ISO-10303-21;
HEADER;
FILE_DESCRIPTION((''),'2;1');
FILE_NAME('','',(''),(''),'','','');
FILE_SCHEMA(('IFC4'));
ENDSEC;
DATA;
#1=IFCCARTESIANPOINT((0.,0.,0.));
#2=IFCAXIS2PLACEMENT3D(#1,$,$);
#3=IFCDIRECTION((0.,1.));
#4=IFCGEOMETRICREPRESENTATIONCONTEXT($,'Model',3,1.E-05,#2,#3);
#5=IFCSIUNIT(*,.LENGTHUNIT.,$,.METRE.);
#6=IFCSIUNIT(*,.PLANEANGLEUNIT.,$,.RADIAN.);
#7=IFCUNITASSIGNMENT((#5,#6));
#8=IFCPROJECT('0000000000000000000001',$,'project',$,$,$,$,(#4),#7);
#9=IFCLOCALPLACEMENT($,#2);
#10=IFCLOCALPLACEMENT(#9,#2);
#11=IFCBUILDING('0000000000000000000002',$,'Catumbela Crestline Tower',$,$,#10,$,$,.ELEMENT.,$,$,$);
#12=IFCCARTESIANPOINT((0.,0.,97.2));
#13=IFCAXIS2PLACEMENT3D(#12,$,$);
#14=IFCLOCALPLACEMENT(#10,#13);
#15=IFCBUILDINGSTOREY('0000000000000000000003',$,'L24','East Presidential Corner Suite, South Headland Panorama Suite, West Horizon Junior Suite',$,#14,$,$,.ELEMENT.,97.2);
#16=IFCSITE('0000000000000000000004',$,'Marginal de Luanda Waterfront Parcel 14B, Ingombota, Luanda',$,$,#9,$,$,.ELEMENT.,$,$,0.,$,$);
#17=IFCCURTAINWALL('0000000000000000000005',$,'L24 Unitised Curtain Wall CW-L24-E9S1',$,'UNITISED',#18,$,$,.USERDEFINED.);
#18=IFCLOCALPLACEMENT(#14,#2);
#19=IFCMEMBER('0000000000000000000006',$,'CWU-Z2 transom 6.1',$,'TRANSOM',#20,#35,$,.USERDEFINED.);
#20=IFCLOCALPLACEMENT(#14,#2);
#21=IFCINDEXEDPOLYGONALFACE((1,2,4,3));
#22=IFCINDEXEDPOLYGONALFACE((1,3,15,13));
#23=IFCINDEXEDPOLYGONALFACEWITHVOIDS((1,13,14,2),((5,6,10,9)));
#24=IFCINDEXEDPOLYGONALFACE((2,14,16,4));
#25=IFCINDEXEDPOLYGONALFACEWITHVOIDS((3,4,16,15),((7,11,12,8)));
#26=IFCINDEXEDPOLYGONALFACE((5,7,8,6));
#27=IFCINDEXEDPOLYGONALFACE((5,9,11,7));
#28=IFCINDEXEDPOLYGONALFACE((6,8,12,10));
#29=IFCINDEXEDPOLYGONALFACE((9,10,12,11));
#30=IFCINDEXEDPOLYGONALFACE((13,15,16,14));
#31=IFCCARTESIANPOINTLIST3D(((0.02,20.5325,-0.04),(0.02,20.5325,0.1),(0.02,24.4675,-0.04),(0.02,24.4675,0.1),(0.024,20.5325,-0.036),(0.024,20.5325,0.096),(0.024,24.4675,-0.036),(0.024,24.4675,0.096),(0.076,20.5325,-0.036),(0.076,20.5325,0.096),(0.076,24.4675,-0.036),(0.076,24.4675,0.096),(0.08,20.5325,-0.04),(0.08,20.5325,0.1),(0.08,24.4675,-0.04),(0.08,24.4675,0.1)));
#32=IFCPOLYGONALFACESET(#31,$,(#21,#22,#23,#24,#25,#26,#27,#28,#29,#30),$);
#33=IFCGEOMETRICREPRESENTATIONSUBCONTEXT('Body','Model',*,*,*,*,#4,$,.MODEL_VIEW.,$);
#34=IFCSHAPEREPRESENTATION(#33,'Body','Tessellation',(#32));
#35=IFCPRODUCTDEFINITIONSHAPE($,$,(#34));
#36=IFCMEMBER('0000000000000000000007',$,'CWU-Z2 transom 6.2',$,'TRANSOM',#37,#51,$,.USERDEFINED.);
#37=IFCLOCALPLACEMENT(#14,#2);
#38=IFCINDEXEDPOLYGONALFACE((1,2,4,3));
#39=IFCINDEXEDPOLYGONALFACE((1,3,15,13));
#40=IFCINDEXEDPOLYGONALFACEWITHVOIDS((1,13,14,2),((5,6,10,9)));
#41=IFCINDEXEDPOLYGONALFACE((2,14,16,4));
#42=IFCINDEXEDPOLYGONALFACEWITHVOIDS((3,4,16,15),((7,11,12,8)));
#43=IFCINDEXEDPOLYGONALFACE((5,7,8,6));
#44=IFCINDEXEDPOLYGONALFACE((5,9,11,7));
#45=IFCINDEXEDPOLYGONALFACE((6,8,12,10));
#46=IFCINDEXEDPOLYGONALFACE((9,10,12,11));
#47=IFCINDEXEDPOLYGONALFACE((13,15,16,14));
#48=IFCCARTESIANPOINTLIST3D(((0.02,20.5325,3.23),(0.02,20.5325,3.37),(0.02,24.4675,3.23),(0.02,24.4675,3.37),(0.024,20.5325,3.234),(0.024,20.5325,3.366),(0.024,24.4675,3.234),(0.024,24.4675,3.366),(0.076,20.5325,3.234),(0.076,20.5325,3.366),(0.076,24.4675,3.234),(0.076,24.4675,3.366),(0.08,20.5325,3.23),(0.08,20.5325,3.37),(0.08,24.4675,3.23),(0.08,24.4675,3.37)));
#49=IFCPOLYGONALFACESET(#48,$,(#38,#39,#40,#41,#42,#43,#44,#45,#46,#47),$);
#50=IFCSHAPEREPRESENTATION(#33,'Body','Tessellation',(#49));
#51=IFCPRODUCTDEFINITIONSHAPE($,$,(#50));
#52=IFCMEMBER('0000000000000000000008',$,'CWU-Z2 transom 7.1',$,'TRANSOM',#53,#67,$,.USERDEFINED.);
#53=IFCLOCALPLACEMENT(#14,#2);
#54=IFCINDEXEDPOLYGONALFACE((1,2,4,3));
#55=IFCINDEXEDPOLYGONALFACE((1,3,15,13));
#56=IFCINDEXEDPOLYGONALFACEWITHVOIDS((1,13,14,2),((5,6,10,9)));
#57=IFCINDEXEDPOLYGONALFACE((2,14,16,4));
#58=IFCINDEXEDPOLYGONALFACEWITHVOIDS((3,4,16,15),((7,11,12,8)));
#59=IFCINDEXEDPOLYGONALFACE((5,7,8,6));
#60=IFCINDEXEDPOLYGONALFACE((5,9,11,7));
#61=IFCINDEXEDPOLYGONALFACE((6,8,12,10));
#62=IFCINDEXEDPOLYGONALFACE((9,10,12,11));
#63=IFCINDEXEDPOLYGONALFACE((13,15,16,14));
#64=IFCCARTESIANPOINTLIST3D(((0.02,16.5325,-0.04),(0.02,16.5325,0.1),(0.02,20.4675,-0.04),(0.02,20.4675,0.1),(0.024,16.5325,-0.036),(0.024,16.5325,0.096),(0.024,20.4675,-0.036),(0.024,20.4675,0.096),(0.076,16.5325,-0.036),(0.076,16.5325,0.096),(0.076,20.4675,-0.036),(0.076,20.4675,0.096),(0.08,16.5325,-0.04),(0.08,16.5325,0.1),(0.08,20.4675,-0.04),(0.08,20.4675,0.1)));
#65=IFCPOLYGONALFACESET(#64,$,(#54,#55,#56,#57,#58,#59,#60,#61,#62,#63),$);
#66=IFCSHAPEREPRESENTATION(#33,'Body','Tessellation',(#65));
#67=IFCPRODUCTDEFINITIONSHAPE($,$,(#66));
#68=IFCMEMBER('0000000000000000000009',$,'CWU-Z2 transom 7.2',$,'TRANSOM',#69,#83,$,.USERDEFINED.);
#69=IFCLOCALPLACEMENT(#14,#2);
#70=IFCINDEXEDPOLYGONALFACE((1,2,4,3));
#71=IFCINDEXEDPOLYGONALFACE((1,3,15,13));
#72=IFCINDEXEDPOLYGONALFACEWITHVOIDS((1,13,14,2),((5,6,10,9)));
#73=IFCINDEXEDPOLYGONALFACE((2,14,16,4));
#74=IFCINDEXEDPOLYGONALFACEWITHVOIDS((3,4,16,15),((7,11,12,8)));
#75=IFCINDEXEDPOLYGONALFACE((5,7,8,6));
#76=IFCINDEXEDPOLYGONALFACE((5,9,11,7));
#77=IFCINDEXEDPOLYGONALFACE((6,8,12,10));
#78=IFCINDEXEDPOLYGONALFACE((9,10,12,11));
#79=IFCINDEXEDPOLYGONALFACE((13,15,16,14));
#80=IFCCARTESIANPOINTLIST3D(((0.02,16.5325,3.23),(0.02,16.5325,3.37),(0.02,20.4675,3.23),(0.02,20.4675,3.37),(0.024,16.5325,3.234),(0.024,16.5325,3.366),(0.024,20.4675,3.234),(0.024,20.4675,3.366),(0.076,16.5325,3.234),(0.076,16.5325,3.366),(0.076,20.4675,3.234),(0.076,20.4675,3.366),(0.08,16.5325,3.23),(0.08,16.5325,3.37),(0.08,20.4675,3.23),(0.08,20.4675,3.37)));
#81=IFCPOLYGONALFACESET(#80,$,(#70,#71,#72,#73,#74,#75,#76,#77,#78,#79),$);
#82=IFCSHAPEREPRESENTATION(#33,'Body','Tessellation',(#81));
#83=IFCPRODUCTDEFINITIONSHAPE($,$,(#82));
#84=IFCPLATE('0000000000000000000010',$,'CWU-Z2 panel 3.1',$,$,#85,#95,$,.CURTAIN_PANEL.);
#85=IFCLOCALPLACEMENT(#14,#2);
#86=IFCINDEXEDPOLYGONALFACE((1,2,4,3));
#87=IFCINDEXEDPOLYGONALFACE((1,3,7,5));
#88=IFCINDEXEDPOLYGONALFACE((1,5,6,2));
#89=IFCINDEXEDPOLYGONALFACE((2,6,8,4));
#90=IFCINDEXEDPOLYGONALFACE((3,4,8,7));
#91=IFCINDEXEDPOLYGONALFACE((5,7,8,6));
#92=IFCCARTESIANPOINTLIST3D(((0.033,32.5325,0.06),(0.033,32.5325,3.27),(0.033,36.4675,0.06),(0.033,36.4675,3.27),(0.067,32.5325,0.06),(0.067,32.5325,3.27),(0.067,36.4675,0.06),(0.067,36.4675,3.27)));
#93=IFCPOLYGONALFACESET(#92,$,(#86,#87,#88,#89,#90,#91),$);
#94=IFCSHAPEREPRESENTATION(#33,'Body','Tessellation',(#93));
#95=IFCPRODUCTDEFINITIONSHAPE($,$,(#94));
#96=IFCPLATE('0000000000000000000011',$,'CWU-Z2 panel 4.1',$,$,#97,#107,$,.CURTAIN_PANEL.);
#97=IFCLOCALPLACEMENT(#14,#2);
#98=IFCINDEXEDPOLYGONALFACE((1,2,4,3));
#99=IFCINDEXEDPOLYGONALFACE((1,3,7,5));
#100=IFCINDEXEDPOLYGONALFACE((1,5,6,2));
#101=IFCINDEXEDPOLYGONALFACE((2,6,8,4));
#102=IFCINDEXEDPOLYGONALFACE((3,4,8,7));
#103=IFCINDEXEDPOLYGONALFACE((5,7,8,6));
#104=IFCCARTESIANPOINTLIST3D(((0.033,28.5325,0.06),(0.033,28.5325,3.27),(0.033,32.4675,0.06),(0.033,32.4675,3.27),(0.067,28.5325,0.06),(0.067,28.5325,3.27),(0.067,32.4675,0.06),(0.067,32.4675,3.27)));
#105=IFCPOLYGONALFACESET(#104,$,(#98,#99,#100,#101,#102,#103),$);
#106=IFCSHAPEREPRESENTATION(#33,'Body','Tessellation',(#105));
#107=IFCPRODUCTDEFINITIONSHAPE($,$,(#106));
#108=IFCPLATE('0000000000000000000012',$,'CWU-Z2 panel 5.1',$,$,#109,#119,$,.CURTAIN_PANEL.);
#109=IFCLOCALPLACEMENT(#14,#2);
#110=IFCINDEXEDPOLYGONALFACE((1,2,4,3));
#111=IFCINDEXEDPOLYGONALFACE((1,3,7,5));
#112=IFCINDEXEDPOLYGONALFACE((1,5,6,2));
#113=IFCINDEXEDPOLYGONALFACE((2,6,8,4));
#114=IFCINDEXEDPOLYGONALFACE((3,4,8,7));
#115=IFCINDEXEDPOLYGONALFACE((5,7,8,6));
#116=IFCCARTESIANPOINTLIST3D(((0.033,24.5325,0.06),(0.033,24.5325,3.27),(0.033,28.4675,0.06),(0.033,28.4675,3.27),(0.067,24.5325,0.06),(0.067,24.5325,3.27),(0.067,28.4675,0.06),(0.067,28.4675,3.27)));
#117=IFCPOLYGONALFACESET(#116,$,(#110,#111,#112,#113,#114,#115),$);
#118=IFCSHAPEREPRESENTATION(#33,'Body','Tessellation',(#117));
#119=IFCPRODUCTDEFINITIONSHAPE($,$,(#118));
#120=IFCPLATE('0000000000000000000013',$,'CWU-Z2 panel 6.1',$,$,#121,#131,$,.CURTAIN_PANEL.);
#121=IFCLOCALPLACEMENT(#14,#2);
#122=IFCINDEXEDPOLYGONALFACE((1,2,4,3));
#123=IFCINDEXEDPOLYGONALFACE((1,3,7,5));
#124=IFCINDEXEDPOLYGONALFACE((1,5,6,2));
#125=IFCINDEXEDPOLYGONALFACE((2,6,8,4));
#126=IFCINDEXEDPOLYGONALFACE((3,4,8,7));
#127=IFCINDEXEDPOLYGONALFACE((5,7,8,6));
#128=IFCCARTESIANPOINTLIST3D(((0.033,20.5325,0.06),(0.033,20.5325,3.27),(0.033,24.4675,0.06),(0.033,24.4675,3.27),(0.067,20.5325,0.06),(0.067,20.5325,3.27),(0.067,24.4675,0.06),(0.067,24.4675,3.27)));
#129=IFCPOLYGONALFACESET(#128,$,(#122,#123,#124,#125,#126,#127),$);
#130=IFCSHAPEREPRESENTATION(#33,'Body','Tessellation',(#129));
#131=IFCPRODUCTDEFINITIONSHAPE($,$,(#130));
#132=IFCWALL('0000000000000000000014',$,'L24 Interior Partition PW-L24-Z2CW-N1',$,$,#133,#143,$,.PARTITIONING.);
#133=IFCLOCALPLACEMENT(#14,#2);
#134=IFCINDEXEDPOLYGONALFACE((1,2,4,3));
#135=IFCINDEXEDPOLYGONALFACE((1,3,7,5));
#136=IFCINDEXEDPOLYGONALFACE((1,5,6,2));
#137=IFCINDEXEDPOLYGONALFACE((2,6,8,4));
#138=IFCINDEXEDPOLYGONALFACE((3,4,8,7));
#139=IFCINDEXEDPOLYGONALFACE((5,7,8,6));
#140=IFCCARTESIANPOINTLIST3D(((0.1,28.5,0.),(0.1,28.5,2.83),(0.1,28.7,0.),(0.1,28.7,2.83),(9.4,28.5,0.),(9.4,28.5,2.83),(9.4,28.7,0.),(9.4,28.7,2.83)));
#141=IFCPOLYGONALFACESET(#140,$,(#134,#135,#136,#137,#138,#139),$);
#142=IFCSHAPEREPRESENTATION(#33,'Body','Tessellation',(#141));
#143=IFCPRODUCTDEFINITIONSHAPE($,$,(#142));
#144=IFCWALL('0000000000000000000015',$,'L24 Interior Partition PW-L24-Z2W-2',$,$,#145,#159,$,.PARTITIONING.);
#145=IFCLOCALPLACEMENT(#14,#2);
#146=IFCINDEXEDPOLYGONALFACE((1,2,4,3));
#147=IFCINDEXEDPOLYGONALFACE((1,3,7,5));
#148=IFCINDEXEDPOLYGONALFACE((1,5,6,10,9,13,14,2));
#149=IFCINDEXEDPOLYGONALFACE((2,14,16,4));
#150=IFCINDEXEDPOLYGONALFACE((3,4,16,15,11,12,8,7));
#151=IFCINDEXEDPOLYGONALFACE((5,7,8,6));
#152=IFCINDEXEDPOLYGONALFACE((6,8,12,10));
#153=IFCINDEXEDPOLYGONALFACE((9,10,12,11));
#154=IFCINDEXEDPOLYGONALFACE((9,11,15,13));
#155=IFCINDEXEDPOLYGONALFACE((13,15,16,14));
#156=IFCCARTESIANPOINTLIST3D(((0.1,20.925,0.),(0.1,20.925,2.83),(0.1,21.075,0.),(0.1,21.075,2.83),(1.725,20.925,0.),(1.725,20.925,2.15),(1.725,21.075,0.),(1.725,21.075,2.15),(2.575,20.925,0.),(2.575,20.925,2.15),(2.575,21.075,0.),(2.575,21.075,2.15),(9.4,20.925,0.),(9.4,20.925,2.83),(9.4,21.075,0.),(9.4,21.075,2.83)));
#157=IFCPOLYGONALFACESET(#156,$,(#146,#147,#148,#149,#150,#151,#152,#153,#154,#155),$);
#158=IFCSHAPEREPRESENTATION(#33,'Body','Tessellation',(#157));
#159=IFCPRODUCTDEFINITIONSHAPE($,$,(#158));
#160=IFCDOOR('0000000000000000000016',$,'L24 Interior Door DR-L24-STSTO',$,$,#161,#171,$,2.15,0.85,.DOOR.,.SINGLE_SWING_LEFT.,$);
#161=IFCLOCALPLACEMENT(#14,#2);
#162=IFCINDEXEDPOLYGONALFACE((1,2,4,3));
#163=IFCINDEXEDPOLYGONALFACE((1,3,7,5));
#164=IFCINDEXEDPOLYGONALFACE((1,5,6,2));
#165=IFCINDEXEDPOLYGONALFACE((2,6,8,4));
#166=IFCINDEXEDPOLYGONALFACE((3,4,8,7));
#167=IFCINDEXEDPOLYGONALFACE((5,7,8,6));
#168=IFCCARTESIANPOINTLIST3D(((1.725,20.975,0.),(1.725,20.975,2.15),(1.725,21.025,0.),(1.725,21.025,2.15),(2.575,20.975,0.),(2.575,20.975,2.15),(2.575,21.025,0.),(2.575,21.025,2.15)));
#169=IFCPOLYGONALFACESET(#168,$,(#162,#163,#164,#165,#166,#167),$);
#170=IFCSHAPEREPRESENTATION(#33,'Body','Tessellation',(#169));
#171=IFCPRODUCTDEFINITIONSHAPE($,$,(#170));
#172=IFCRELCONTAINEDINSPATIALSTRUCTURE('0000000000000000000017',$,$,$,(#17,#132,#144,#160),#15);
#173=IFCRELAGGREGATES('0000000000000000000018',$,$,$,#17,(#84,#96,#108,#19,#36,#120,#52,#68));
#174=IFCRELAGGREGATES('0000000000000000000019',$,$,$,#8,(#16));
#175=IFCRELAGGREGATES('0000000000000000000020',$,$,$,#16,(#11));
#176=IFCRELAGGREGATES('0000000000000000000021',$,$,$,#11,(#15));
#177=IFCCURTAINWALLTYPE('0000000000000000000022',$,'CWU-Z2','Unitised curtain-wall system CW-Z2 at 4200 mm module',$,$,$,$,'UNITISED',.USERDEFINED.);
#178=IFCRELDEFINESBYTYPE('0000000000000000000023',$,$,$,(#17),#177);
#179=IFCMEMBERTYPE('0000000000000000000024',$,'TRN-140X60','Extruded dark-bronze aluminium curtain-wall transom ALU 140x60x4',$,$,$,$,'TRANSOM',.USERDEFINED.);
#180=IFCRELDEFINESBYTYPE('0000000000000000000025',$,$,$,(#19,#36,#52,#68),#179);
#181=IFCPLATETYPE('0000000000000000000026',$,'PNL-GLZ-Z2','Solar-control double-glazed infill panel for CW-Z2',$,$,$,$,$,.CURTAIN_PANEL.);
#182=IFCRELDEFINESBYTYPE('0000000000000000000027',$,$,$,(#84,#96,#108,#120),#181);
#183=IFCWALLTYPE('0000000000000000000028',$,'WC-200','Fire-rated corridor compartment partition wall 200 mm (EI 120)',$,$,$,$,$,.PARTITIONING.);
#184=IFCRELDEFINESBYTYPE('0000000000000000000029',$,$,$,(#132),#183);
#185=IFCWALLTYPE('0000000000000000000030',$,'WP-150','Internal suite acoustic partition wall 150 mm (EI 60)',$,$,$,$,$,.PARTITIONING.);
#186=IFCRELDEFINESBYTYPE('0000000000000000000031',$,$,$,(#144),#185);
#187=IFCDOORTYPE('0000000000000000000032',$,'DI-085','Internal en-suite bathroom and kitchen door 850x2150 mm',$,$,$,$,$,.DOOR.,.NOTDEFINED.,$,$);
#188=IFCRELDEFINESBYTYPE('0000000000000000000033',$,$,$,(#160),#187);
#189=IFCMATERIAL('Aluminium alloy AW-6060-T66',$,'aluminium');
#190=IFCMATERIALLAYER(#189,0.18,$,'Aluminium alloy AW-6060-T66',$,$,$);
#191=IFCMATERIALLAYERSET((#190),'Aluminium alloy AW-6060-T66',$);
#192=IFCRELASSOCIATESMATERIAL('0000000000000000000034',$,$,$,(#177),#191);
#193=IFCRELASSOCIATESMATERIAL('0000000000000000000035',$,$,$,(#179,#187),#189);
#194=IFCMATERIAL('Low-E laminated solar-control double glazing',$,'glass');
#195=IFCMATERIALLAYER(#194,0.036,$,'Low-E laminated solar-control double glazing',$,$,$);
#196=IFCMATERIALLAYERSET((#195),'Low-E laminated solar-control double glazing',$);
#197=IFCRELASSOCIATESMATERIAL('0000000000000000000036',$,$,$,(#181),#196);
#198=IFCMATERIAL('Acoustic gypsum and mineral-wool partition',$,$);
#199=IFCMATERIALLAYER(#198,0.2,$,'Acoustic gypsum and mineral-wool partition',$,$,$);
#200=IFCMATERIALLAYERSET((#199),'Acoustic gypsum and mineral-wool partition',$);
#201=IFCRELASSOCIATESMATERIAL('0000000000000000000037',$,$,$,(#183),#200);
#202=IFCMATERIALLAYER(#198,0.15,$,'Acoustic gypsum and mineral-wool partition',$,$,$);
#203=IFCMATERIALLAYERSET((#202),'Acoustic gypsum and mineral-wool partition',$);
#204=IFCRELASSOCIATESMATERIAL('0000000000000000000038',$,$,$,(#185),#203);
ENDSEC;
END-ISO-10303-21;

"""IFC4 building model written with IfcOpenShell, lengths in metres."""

from ifc_helpers import new_model, si_unit, direction, frame, frame_2d, origin, origin_2d, place, context, subcontext, project, spatial, rectangle, hollow_rectangle, extrude, material, layer, layer_set, material_profile, profile_set, type_object, element, fill, aggregate, save


model = new_model("IFC4")

# Units and contexts
model_context = context("Model", 3, precision=1e-05, world=origin(), true_north=direction((0.0, 1.0)))
body_context = subcontext(model_context, "Body", "Model", "MODEL_VIEW")
ifc_project = project(units=[si_unit("LENGTHUNIT", "METRE"), si_unit("PLANEANGLEUNIT", "RADIAN")], contexts=[model_context])

# Site, building, storey
site_placement = place(None, origin())
site = spatial("IfcSite", under=ifc_project, at=site_placement, Name="Marginal de Luanda Waterfront Parcel 14B, Ingombota, Luanda", CompositionType="ELEMENT", RefElevation=0.0)
building_placement = place(site_placement, origin())
building = spatial("IfcBuilding", under=site, at=building_placement, Name="Catumbela Crestline Tower", CompositionType="ELEMENT")
storey_placement = place(building_placement, frame((0.0, 0.0, 97.2)))
storey = spatial("IfcBuildingStorey", under=building, at=storey_placement, Name="L24", Description="East Presidential Corner Suite, South Headland Panorama Suite, West Horizon Junior Suite", CompositionType="ELEMENT", Elevation=97.2)

# Curtain wall
ifc_material_1 = material(Name="Aluminium alloy AW-6060-T66", Category="aluminium")
ifc_layer_1 = layer(ifc_material_1, 0.18, Name="Aluminium alloy AW-6060-T66")
ifc_layer_set_1 = layer_set([ifc_layer_1], Name="Aluminium alloy AW-6060-T66")
curtain_wall_type = type_object("IfcCurtainWallType", Name="CWU-Z2", Description="Unitised curtain-wall system CW-Z2 at 4200 mm module", ElementType="UNITISED", PredefinedType="USERDEFINED", material=ifc_layer_set_1)
curtain_wall_placement = place(storey_placement, origin())
curtain_wall = element("IfcCurtainWall", 1, at=curtain_wall_placement, inside=storey, type_object=curtain_wall_type, Name="L24 Unitised Curtain Wall CW-L24-E9S1", ObjectType="UNITISED", PredefinedType="USERDEFINED")

# Members
ifc_material_profile_1 = material_profile(ifc_material_1, hollow_rectangle(XDim=0.06, YDim=0.14, WallThickness=0.004, at=origin_2d()), Name="ALU 140x60x4")
ifc_profile_set_1 = profile_set([ifc_material_profile_1], Name="Aluminium alloy AW-6060-T66")
member_type_1 = type_object("IfcMemberType", Name="TRN-140X60", Description="Extruded dark-bronze aluminium curtain-wall transom ALU 140x60x4", ElementType="TRANSOM", PredefinedType="USERDEFINED", material=ifc_profile_set_1)
member_1_placement = place(storey_placement, frame((0.05, 24.4675, 0.03), z_axis=(0.0, -1.0, 0.0), x_axis=(1.0, 0.0, 0.0)))
member_1 = element("IfcMember", 2, at=member_1_placement, type_object=member_type_1, Name="CWU-Z2 transom 6.1", ObjectType="TRANSOM", PredefinedType="USERDEFINED", context=body_context, shape_type="SweptSolid", body=[
    extrude(hollow_rectangle(XDim=0.06, YDim=0.14, WallThickness=0.004, at=origin_2d()), origin(), (0.0, 0.0, 1.0), 3.935),
])
member_2_placement = place(storey_placement, frame((0.05, 24.4675, 3.3), z_axis=(0.0, -1.0, 0.0), x_axis=(1.0, 0.0, 0.0)))
member_2 = element("IfcMember", 3, at=member_2_placement, type_object=member_type_1, Name="CWU-Z2 transom 6.2", ObjectType="TRANSOM", PredefinedType="USERDEFINED", context=body_context, shape_type="SweptSolid", body=[
    extrude(hollow_rectangle(XDim=0.06, YDim=0.14, WallThickness=0.004, at=origin_2d()), origin(), (0.0, 0.0, 1.0), 3.935),
])
member_3_placement = place(storey_placement, frame((0.05, 20.4675, 0.03), z_axis=(0.0, -1.0, 0.0), x_axis=(1.0, 0.0, 0.0)))
member_3 = element("IfcMember", 4, at=member_3_placement, type_object=member_type_1, Name="CWU-Z2 transom 7.1", ObjectType="TRANSOM", PredefinedType="USERDEFINED", context=body_context, shape_type="SweptSolid", body=[
    extrude(hollow_rectangle(XDim=0.06, YDim=0.14, WallThickness=0.004, at=origin_2d()), origin(), (0.0, 0.0, 1.0), 3.935),
])
member_4_placement = place(storey_placement, frame((0.05, 20.4675, 3.3), z_axis=(0.0, -1.0, 0.0), x_axis=(1.0, 0.0, 0.0)))
member_4 = element("IfcMember", 5, at=member_4_placement, type_object=member_type_1, Name="CWU-Z2 transom 7.2", ObjectType="TRANSOM", PredefinedType="USERDEFINED", context=body_context, shape_type="SweptSolid", body=[
    extrude(hollow_rectangle(XDim=0.06, YDim=0.14, WallThickness=0.004, at=origin_2d()), origin(), (0.0, 0.0, 1.0), 3.935),
])

# Plates
ifc_material_2 = material(Name="Low-E laminated solar-control double glazing", Category="glass")
ifc_layer_2 = layer(ifc_material_2, 0.036, Name="Low-E laminated solar-control double glazing")
ifc_layer_set_2 = layer_set([ifc_layer_2], Name="Low-E laminated solar-control double glazing")
plate_type = type_object("IfcPlateType", Name="PNL-GLZ-Z2", Description="Solar-control double-glazed infill panel for CW-Z2", PredefinedType="CURTAIN_PANEL", material=ifc_layer_set_2)
plate_1_placement = place(storey_placement, frame((0.05, 34.5, 0.06), z_axis=(0.0, 0.0, 1.0), x_axis=(0.0, -1.0, 0.0)))
plate_1 = element("IfcPlate", 6, at=plate_1_placement, type_object=plate_type, Name="CWU-Z2 panel 3.1", PredefinedType="CURTAIN_PANEL", context=body_context, shape_type="SweptSolid", body=[
    extrude(rectangle(XDim=3.935, YDim=0.034, at=origin_2d()), origin(), (0.0, 0.0, 1.0), 3.21),
])
plate_2_placement = place(storey_placement, frame((0.05, 30.5, 0.06), z_axis=(0.0, 0.0, 1.0), x_axis=(0.0, -1.0, 0.0)))
plate_2 = element("IfcPlate", 7, at=plate_2_placement, type_object=plate_type, Name="CWU-Z2 panel 4.1", PredefinedType="CURTAIN_PANEL", context=body_context, shape_type="SweptSolid", body=[
    extrude(rectangle(XDim=3.935, YDim=0.034, at=origin_2d()), origin(), (0.0, 0.0, 1.0), 3.21),
])
plate_3_placement = place(storey_placement, frame((0.05, 26.5, 0.06), z_axis=(0.0, 0.0, 1.0), x_axis=(0.0, -1.0, 0.0)))
plate_3 = element("IfcPlate", 8, at=plate_3_placement, type_object=plate_type, Name="CWU-Z2 panel 5.1", PredefinedType="CURTAIN_PANEL", context=body_context, shape_type="SweptSolid", body=[
    extrude(rectangle(XDim=3.935, YDim=0.034, at=origin_2d()), origin(), (0.0, 0.0, 1.0), 3.21),
])
plate_4_placement = place(storey_placement, frame((0.05, 22.5, 0.06), z_axis=(0.0, 0.0, 1.0), x_axis=(0.0, -1.0, 0.0)))
plate_4 = element("IfcPlate", 9, at=plate_4_placement, type_object=plate_type, Name="CWU-Z2 panel 6.1", PredefinedType="CURTAIN_PANEL", context=body_context, shape_type="SweptSolid", body=[
    extrude(rectangle(XDim=3.935, YDim=0.034, at=origin_2d()), origin(), (0.0, 0.0, 1.0), 3.21),
])
aggregate(curtain_wall, [plate_1, plate_2, plate_3, member_1, member_2, plate_4, member_3, member_4])

# Wall
ifc_material_3 = material(Name="Acoustic gypsum and mineral-wool partition")
ifc_layer_3 = layer(ifc_material_3, 0.2, Name="Acoustic gypsum and mineral-wool partition")
ifc_layer_set_3 = layer_set([ifc_layer_3], Name="Acoustic gypsum and mineral-wool partition")
wall_type_1 = type_object("IfcWallType", Name="WC-200", Description="Fire-rated corridor compartment partition wall 200 mm (EI 120)", PredefinedType="PARTITIONING", material=ifc_layer_set_3)
wall_1_placement = place(storey_placement, frame((0.1, 28.6, 0.0), z_axis=(0.0, 0.0, 1.0), x_axis=(1.0, 0.0, 0.0)))
element("IfcWall", 10, at=wall_1_placement, inside=storey, type_object=wall_type_1, Name="L24 Interior Partition PW-L24-Z2CW-N1", PredefinedType="PARTITIONING", context=body_context, shape_type="SweptSolid", body=[
    extrude(rectangle(XDim=9.3, YDim=0.2, at=frame_2d((4.65, 0.0))), origin(), (0.0, 0.0, 1.0), 2.83),
])

# Wall, opening, door
ifc_layer_4 = layer(ifc_material_3, 0.15, Name="Acoustic gypsum and mineral-wool partition")
ifc_layer_set_4 = layer_set([ifc_layer_4], Name="Acoustic gypsum and mineral-wool partition")
wall_type_2 = type_object("IfcWallType", Name="WP-150", Description="Internal suite acoustic partition wall 150 mm (EI 60)", PredefinedType="PARTITIONING", material=ifc_layer_set_4)
wall_2_placement = place(storey_placement, frame((0.1, 21.0, 0.0), z_axis=(0.0, 0.0, 1.0), x_axis=(1.0, 0.0, 0.0)))
wall_2 = element("IfcWall", 11, at=wall_2_placement, inside=storey, type_object=wall_type_2, Name="L24 Interior Partition PW-L24-Z2W-2", PredefinedType="PARTITIONING", context=body_context, shape_type="SweptSolid", body=[
    extrude(rectangle(XDim=9.3, YDim=0.15, at=frame_2d((4.65, 0.0))), origin(), (0.0, 0.0, 1.0), 2.83),
])
opening_placement = place(wall_2_placement, frame((1.625, 0.0, 0.0)))
opening = element("IfcOpeningElement", 12, at=opening_placement, cuts=wall_2, PredefinedType="OPENING", context=body_context, shape_type="SweptSolid", body=[
    extrude(rectangle(XDim=0.85, YDim=2.15, at=frame_2d((0.425, 1.075))), frame((0.0, 0.085, 0.0), z_axis=(0.0, -1.0, 0.0), x_axis=(1.0, 0.0, 0.0)), (0.0, 0.0, 1.0), 0.17),
])
door_type = type_object("IfcDoorType", Name="DI-085", Description="Internal en-suite bathroom and kitchen door 850x2150 mm", OperationType="NOTDEFINED", PredefinedType="DOOR", material=ifc_material_1)
door_placement = place(opening_placement, origin())
door = element("IfcDoor", 13, at=door_placement, inside=storey, type_object=door_type, Name="L24 Interior Door DR-L24-STSTO", OperationType="SINGLE_SWING_LEFT", OverallHeight=2.15, OverallWidth=0.85, PredefinedType="DOOR", context=body_context, shape_type="SweptSolid", body=[
    extrude(rectangle(XDim=0.85, YDim=2.15, at=frame_2d((0.425, 1.075))), frame((0.0, 0.025, 0.0), z_axis=(0.0, -1.0, 0.0), x_axis=(1.0, 0.0, 0.0)), (0.0, 0.0, 1.0), 0.05),
])
fill(opening, door)

save(model, "model.ifc")
